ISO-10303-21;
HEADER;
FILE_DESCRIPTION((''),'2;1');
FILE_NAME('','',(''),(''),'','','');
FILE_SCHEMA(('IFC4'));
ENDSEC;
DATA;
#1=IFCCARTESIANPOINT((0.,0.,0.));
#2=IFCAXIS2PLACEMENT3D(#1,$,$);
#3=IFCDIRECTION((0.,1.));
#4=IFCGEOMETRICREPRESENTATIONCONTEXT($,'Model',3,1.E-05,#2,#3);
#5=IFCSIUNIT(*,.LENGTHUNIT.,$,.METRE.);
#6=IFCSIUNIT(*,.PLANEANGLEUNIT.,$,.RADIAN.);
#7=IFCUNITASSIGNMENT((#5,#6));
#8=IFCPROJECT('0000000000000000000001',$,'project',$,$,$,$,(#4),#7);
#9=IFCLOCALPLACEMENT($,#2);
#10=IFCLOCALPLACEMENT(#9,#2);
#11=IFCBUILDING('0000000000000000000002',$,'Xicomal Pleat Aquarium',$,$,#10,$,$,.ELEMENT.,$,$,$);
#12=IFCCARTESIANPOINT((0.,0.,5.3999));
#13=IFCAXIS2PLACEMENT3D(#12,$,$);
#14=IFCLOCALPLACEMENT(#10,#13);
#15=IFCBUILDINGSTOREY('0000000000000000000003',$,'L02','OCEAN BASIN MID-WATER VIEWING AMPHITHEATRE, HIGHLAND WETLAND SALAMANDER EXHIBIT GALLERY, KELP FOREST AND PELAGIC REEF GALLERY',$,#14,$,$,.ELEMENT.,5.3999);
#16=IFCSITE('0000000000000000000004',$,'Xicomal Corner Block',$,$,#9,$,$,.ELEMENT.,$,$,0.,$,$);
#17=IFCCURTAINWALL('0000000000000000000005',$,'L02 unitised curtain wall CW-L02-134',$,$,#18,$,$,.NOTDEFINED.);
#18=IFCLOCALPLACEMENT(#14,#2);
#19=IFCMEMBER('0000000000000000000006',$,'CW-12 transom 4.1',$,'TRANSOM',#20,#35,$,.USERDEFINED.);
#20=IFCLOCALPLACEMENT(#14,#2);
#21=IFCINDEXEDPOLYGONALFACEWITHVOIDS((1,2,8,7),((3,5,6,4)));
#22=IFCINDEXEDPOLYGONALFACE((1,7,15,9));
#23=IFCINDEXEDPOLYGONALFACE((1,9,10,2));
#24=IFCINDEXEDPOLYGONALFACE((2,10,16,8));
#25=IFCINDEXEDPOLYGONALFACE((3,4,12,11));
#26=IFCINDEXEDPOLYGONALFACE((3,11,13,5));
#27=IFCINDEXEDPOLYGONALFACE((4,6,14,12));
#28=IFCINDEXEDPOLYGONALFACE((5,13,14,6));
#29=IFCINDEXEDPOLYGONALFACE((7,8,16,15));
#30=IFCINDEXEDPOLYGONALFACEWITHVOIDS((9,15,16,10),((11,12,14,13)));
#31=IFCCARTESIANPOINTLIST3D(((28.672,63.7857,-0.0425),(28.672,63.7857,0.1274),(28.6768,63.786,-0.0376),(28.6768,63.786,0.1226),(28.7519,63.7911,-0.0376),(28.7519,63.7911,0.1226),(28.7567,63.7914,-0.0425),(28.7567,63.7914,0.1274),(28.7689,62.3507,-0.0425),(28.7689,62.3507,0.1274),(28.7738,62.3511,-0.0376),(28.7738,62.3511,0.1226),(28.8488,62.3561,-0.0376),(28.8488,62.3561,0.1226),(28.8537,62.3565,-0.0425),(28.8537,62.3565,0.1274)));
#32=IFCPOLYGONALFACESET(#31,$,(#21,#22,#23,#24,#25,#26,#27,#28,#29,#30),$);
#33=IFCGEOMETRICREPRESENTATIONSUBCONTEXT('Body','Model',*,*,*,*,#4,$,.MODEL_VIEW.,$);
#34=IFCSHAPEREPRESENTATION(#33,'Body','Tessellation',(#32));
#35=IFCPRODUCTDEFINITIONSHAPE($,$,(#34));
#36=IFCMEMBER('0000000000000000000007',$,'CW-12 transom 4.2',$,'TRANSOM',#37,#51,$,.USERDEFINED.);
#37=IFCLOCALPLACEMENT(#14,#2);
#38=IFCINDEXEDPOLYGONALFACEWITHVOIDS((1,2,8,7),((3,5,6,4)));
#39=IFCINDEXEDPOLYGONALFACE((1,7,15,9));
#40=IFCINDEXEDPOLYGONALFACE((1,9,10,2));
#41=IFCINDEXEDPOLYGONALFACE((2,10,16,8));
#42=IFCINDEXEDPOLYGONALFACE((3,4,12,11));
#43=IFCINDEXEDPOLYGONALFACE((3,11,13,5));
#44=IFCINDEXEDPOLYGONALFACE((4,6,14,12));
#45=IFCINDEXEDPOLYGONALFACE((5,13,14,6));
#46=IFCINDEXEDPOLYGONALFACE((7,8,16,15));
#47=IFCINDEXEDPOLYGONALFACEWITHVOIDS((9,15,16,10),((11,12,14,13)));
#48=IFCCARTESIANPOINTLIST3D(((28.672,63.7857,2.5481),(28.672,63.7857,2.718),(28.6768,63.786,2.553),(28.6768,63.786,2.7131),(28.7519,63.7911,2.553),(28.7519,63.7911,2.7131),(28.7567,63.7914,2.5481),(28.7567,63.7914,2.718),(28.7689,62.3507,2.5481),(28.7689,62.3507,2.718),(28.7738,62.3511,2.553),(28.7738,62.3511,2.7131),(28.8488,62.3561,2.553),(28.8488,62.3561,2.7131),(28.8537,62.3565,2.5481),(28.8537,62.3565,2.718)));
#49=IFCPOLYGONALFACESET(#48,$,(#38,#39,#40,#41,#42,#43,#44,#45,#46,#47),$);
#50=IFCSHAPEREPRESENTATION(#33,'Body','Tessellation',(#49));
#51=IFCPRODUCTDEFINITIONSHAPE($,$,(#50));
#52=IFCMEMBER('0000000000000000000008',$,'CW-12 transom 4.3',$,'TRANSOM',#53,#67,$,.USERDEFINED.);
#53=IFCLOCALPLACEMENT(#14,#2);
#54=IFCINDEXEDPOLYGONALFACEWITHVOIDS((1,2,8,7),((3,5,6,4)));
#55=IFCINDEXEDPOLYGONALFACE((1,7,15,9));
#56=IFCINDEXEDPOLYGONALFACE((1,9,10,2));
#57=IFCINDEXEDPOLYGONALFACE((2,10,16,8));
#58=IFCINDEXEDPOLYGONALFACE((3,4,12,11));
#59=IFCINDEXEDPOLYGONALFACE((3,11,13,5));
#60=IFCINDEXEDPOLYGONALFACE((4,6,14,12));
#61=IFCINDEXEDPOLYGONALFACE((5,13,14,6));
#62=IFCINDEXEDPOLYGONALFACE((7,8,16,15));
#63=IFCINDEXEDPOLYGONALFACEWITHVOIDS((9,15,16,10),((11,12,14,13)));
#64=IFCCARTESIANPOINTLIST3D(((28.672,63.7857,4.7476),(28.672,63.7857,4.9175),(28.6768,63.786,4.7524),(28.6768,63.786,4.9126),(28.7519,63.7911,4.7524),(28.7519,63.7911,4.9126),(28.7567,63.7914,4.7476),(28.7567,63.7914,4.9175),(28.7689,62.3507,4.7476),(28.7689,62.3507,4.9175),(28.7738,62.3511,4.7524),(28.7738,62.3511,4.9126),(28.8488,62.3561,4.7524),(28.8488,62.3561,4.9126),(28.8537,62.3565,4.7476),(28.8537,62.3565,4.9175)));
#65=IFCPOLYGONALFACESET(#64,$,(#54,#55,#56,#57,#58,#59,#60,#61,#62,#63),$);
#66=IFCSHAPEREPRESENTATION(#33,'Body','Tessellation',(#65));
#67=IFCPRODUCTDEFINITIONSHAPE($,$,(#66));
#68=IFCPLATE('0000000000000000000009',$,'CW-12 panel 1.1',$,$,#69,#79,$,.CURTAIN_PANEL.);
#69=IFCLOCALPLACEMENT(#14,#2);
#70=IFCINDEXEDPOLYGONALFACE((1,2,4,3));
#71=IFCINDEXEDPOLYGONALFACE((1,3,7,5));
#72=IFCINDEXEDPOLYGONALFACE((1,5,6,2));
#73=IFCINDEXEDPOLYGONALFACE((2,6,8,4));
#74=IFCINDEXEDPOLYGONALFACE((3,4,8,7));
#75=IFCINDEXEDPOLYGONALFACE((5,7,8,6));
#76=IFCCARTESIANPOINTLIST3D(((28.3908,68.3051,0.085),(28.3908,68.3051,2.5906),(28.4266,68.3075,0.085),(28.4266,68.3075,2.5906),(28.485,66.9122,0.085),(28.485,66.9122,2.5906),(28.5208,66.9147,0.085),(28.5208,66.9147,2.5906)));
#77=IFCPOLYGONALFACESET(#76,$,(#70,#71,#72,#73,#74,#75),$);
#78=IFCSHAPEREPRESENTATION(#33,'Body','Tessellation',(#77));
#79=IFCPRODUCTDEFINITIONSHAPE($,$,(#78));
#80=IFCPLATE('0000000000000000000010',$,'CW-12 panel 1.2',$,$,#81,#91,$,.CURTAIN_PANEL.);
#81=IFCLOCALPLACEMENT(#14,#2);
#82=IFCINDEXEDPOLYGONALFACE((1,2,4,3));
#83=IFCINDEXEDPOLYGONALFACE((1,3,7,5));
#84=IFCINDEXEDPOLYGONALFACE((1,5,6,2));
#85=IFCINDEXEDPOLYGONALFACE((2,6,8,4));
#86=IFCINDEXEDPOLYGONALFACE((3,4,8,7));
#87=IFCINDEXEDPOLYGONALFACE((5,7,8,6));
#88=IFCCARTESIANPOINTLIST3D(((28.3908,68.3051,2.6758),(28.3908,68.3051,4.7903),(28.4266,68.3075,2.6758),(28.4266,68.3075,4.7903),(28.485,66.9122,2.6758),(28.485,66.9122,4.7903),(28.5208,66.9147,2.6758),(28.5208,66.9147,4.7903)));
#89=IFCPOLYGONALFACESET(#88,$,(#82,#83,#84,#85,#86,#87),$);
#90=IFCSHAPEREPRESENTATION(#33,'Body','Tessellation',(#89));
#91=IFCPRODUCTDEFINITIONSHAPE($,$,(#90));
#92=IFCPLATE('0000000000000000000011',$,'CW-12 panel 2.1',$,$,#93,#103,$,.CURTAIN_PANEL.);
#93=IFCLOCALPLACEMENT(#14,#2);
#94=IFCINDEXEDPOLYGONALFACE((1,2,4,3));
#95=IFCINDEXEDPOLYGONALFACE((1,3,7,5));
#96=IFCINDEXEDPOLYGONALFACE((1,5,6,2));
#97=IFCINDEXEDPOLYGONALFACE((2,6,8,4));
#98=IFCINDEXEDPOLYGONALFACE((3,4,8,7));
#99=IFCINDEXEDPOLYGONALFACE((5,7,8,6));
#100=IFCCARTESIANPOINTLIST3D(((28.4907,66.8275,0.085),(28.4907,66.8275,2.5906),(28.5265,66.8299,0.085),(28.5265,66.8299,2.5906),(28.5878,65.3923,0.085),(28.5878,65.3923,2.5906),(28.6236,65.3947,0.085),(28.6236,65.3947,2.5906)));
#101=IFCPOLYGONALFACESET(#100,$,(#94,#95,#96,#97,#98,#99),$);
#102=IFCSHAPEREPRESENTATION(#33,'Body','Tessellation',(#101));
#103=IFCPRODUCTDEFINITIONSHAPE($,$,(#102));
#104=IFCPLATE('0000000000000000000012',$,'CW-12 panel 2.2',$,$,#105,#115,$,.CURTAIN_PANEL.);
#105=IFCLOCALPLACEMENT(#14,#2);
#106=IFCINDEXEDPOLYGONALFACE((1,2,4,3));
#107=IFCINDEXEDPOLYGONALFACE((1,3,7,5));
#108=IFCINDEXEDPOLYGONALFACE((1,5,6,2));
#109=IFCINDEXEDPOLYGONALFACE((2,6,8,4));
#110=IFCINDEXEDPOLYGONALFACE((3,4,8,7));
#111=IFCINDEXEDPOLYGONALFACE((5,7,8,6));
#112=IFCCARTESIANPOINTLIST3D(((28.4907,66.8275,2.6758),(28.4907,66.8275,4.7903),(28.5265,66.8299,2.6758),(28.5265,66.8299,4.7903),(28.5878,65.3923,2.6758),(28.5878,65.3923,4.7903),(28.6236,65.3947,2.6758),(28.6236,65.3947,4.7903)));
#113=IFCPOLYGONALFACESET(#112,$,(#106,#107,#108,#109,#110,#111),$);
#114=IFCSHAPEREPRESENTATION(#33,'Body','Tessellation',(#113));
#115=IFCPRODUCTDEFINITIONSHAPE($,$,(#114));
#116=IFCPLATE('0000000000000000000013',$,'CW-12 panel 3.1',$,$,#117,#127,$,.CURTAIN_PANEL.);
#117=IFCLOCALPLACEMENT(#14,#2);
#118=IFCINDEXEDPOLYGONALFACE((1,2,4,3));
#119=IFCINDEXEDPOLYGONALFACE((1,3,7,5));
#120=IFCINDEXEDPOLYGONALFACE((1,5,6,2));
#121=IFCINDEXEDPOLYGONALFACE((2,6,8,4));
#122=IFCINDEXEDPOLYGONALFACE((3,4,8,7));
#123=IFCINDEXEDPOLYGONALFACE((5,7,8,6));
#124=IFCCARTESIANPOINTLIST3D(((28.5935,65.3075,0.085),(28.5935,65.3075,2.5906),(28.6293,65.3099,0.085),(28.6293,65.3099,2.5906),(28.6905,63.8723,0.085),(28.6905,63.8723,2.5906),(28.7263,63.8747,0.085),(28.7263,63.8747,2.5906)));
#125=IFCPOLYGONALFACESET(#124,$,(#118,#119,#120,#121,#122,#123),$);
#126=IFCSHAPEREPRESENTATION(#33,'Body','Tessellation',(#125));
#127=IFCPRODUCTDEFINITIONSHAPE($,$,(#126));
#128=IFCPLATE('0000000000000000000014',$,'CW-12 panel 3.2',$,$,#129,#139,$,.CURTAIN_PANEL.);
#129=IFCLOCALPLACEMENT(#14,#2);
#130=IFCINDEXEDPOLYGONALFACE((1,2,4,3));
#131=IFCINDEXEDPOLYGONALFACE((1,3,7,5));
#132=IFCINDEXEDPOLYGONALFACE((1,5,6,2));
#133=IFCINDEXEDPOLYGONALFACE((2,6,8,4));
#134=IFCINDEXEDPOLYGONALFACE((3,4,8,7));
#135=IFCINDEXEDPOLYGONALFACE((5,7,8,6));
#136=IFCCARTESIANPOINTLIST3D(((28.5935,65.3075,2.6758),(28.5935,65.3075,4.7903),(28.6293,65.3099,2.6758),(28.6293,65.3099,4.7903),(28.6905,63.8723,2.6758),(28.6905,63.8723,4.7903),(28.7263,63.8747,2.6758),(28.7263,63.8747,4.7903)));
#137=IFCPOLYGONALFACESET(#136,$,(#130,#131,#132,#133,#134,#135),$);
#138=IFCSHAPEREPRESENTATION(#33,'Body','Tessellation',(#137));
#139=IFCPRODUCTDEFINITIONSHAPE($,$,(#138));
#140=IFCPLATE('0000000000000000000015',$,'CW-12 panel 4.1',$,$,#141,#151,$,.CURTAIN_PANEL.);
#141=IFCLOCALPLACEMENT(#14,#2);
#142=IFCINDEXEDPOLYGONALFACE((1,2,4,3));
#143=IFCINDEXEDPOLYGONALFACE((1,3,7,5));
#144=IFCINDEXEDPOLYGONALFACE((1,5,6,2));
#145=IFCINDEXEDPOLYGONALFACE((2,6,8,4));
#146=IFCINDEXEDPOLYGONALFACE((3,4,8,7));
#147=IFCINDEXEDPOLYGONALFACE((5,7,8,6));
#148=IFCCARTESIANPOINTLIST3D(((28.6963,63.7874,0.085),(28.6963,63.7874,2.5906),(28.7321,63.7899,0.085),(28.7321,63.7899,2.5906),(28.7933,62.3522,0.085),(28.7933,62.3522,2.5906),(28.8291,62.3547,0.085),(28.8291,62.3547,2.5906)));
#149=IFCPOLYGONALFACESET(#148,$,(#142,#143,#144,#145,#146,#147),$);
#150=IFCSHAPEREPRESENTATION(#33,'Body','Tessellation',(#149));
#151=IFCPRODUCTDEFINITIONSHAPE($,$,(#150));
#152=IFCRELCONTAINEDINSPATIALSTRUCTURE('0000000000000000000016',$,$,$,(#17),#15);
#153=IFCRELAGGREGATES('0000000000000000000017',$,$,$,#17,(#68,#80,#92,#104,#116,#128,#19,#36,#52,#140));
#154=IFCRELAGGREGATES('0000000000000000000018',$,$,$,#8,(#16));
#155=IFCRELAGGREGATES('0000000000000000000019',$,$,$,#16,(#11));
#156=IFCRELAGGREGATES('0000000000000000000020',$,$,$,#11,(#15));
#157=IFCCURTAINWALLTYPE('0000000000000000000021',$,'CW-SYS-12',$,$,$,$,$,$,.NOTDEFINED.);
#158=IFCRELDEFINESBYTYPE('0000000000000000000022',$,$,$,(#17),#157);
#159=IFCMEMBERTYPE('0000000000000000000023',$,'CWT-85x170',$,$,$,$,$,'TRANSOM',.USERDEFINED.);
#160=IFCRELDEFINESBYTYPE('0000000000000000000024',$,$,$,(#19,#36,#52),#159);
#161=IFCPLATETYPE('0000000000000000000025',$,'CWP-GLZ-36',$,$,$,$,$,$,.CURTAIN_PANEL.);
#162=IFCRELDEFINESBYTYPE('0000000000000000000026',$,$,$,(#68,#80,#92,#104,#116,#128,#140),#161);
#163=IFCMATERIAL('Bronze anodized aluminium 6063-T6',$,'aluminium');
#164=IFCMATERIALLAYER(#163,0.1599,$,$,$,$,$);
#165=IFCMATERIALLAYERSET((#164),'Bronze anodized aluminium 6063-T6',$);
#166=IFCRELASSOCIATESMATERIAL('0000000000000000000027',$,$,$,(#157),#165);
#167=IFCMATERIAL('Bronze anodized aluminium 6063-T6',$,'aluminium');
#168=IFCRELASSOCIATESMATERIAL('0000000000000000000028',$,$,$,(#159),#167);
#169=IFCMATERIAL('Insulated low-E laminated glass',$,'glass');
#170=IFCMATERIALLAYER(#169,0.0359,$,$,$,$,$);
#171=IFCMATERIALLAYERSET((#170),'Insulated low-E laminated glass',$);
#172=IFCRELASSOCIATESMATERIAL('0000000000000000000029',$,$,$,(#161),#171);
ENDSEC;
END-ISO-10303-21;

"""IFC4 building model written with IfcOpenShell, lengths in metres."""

from ifc_helpers import new_model, si_unit, direction, frame, origin, origin_2d, place, context, subcontext, project, spatial, rectangle, hollow_rectangle, extrude, material, layer, layer_set, material_profile, profile_set, type_object, element, aggregate, save


model = new_model("IFC4")

# Units and contexts
model_context = context("Model", 3, precision=1e-05, world=origin(), true_north=direction((0.0, 1.0)))
body_context = subcontext(model_context, "Body", "Model", "MODEL_VIEW")
ifc_project = project(units=[si_unit("LENGTHUNIT", "METRE"), si_unit("PLANEANGLEUNIT", "RADIAN")], contexts=[model_context])

# Site, building, storey
site_placement = place(None, origin())
site = spatial("IfcSite", under=ifc_project, at=site_placement, Name="Xicomal Corner Block", CompositionType="ELEMENT", RefElevation=0.0)
building_placement = place(site_placement, origin())
building = spatial("IfcBuilding", under=site, at=building_placement, Name="Xicomal Pleat Aquarium", CompositionType="ELEMENT")
storey_placement = place(building_placement, frame((0.0, 0.0, 5.3999)))
storey = spatial("IfcBuildingStorey", under=building, at=storey_placement, Name="L02", Description="OCEAN BASIN MID-WATER VIEWING AMPHITHEATRE, HIGHLAND WETLAND SALAMANDER EXHIBIT GALLERY, KELP FOREST AND PELAGIC REEF GALLERY", CompositionType="ELEMENT", Elevation=5.3999)

# Curtain wall, members, plates
ifc_material_1 = material(Name="Bronze anodized aluminium 6063-T6", Category="aluminium")
ifc_layer_1 = layer(ifc_material_1, 0.1599)
ifc_layer_set_1 = layer_set([ifc_layer_1], Name="Bronze anodized aluminium 6063-T6")
curtain_wall_type = type_object("IfcCurtainWallType", Name="CW-SYS-12", PredefinedType="NOTDEFINED", material=ifc_layer_set_1)
curtain_wall_placement = place(storey_placement, origin())
curtain_wall = element("IfcCurtainWall", 1, at=curtain_wall_placement, inside=storey, type_object=curtain_wall_type, Name="L02 unitised curtain wall CW-L02-134", PredefinedType="NOTDEFINED")
ifc_material_2 = material(Name="Bronze anodized aluminium 6063-T6", Category="aluminium")
ifc_material_profile_1 = material_profile(ifc_material_2, hollow_rectangle(XDim=0.085, YDim=0.1699, WallThickness=0.0049, at=origin_2d()), Name="ALU TRAN 85x170")
ifc_profile_set_1 = profile_set([ifc_material_profile_1], Name="Bronze anodized aluminium 6063-T6")
member_type_1 = type_object("IfcMemberType", Name="CWT-85x170", ElementType="TRANSOM", PredefinedType="USERDEFINED", material=ifc_profile_set_1)
member_1_placement = place(storey_placement, frame((28.7144, 63.7886, 0.0425), z_axis=(0.067386, -0.997727, 0.0), x_axis=(0.997727, 0.067386, 0.0)))
member_1 = element("IfcMember", 2, at=member_1_placement, type_object=member_type_1, Name="CW-12 transom 4.1", ObjectType="TRANSOM", PredefinedType="USERDEFINED", context=body_context, shape_type="SweptSolid", body=[
    extrude(hollow_rectangle(XDim=0.085, YDim=0.1699, WallThickness=0.0049, at=origin_2d()), origin(), (0.0, 0.0, 1.0), 1.4382),
])
member_2_placement = place(storey_placement, frame((28.7144, 63.7886, 2.6331), z_axis=(0.067386, -0.997727, 0.0), x_axis=(0.997727, 0.067386, 0.0)))
member_2 = element("IfcMember", 3, at=member_2_placement, type_object=member_type_1, Name="CW-12 transom 4.2", ObjectType="TRANSOM", PredefinedType="USERDEFINED", context=body_context, shape_type="SweptSolid", body=[
    extrude(hollow_rectangle(XDim=0.085, YDim=0.1699, WallThickness=0.0049, at=origin_2d()), origin(), (0.0, 0.0, 1.0), 1.4382),
])
member_3_placement = place(storey_placement, frame((28.7144, 63.7886, 4.8325), z_axis=(0.067386, -0.997727, 0.0), x_axis=(0.997727, 0.067386, 0.0)))
member_3 = element("IfcMember", 4, at=member_3_placement, type_object=member_type_1, Name="CW-12 transom 4.3", ObjectType="TRANSOM", PredefinedType="USERDEFINED", context=body_context, shape_type="SweptSolid", body=[
    extrude(hollow_rectangle(XDim=0.085, YDim=0.1699, WallThickness=0.0049, at=origin_2d()), origin(), (0.0, 0.0, 1.0), 1.4382),
])
ifc_material_3 = material(Name="Insulated low-E laminated glass", Category="glass")
ifc_layer_2 = layer(ifc_material_3, 0.0359)
ifc_layer_set_2 = layer_set([ifc_layer_2], Name="Insulated low-E laminated glass")
plate_type = type_object("IfcPlateType", Name="CWP-GLZ-36", PredefinedType="CURTAIN_PANEL", material=ifc_layer_set_2)
plate_1_placement = place(storey_placement, frame((28.4558, 67.6099, 0.085), z_axis=(0.0, 0.0, 1.0), x_axis=(0.067477, -0.997721, 0.0)))
plate_1 = element("IfcPlate", 5, at=plate_1_placement, type_object=plate_type, Name="CW-12 panel 1.1", PredefinedType="CURTAIN_PANEL", context=body_context, shape_type="SweptSolid", body=[
    extrude(rectangle(XDim=1.396, YDim=0.0359, at=origin_2d()), origin(), (0.0, 0.0, 1.0), 2.5056),
])
plate_2_placement = place(storey_placement, frame((28.4558, 67.6099, 2.6758), z_axis=(0.0, 0.0, 1.0), x_axis=(0.067477, -0.997721, 0.0)))
plate_2 = element("IfcPlate", 6, at=plate_2_placement, type_object=plate_type, Name="CW-12 panel 1.2", PredefinedType="CURTAIN_PANEL", context=body_context, shape_type="SweptSolid", body=[
    extrude(rectangle(XDim=1.396, YDim=0.0359, at=origin_2d()), origin(), (0.0, 0.0, 1.0), 2.1145),
])
plate_3_placement = place(storey_placement, frame((28.5571, 66.1111, 0.085), z_axis=(0.0, 0.0, 1.0), x_axis=(0.067477, -0.997721, 0.0)))
plate_3 = element("IfcPlate", 7, at=plate_3_placement, type_object=plate_type, Name="CW-12 panel 2.1", PredefinedType="CURTAIN_PANEL", context=body_context, shape_type="SweptSolid", body=[
    extrude(rectangle(XDim=1.4385, YDim=0.0359, at=origin_2d()), origin(), (0.0, 0.0, 1.0), 2.5056),
])
plate_4_placement = place(storey_placement, frame((28.5571, 66.1111, 2.6758), z_axis=(0.0, 0.0, 1.0), x_axis=(0.067477, -0.997721, 0.0)))
plate_4 = element("IfcPlate", 8, at=plate_4_placement, type_object=plate_type, Name="CW-12 panel 2.2", PredefinedType="CURTAIN_PANEL", context=body_context, shape_type="SweptSolid", body=[
    extrude(rectangle(XDim=1.4385, YDim=0.0359, at=origin_2d()), origin(), (0.0, 0.0, 1.0), 2.1145),
])
plate_5_placement = place(storey_placement, frame((28.6599, 64.5911, 0.085), z_axis=(0.0, 0.0, 1.0), x_axis=(0.067477, -0.997721, 0.0)))
plate_5 = element("IfcPlate", 9, at=plate_5_placement, type_object=plate_type, Name="CW-12 panel 3.1", PredefinedType="CURTAIN_PANEL", context=body_context, shape_type="SweptSolid", body=[
    extrude(rectangle(XDim=1.4385, YDim=0.0359, at=origin_2d()), origin(), (0.0, 0.0, 1.0), 2.5056),
])
plate_6_placement = place(storey_placement, frame((28.6599, 64.5911, 2.6758), z_axis=(0.0, 0.0, 1.0), x_axis=(0.067477, -0.997721, 0.0)))
plate_6 = element("IfcPlate", 10, at=plate_6_placement, type_object=plate_type, Name="CW-12 panel 3.2", PredefinedType="CURTAIN_PANEL", context=body_context, shape_type="SweptSolid", body=[
    extrude(rectangle(XDim=1.4385, YDim=0.0359, at=origin_2d()), origin(), (0.0, 0.0, 1.0), 2.1145),
])
plate_7_placement = place(storey_placement, frame((28.7627, 63.071, 0.085), z_axis=(0.0, 0.0, 1.0), x_axis=(0.067477, -0.997721, 0.0)))
plate_7 = element("IfcPlate", 11, at=plate_7_placement, type_object=plate_type, Name="CW-12 panel 4.1", PredefinedType="CURTAIN_PANEL", context=body_context, shape_type="SweptSolid", body=[
    extrude(rectangle(XDim=1.4385, YDim=0.0359, at=origin_2d()), origin(), (0.0, 0.0, 1.0), 2.5056),
])
aggregate(curtain_wall, [plate_1, plate_2, plate_3, plate_4, plate_5, plate_6, member_1, member_2, member_3, plate_7])

save(model, "model.ifc")
